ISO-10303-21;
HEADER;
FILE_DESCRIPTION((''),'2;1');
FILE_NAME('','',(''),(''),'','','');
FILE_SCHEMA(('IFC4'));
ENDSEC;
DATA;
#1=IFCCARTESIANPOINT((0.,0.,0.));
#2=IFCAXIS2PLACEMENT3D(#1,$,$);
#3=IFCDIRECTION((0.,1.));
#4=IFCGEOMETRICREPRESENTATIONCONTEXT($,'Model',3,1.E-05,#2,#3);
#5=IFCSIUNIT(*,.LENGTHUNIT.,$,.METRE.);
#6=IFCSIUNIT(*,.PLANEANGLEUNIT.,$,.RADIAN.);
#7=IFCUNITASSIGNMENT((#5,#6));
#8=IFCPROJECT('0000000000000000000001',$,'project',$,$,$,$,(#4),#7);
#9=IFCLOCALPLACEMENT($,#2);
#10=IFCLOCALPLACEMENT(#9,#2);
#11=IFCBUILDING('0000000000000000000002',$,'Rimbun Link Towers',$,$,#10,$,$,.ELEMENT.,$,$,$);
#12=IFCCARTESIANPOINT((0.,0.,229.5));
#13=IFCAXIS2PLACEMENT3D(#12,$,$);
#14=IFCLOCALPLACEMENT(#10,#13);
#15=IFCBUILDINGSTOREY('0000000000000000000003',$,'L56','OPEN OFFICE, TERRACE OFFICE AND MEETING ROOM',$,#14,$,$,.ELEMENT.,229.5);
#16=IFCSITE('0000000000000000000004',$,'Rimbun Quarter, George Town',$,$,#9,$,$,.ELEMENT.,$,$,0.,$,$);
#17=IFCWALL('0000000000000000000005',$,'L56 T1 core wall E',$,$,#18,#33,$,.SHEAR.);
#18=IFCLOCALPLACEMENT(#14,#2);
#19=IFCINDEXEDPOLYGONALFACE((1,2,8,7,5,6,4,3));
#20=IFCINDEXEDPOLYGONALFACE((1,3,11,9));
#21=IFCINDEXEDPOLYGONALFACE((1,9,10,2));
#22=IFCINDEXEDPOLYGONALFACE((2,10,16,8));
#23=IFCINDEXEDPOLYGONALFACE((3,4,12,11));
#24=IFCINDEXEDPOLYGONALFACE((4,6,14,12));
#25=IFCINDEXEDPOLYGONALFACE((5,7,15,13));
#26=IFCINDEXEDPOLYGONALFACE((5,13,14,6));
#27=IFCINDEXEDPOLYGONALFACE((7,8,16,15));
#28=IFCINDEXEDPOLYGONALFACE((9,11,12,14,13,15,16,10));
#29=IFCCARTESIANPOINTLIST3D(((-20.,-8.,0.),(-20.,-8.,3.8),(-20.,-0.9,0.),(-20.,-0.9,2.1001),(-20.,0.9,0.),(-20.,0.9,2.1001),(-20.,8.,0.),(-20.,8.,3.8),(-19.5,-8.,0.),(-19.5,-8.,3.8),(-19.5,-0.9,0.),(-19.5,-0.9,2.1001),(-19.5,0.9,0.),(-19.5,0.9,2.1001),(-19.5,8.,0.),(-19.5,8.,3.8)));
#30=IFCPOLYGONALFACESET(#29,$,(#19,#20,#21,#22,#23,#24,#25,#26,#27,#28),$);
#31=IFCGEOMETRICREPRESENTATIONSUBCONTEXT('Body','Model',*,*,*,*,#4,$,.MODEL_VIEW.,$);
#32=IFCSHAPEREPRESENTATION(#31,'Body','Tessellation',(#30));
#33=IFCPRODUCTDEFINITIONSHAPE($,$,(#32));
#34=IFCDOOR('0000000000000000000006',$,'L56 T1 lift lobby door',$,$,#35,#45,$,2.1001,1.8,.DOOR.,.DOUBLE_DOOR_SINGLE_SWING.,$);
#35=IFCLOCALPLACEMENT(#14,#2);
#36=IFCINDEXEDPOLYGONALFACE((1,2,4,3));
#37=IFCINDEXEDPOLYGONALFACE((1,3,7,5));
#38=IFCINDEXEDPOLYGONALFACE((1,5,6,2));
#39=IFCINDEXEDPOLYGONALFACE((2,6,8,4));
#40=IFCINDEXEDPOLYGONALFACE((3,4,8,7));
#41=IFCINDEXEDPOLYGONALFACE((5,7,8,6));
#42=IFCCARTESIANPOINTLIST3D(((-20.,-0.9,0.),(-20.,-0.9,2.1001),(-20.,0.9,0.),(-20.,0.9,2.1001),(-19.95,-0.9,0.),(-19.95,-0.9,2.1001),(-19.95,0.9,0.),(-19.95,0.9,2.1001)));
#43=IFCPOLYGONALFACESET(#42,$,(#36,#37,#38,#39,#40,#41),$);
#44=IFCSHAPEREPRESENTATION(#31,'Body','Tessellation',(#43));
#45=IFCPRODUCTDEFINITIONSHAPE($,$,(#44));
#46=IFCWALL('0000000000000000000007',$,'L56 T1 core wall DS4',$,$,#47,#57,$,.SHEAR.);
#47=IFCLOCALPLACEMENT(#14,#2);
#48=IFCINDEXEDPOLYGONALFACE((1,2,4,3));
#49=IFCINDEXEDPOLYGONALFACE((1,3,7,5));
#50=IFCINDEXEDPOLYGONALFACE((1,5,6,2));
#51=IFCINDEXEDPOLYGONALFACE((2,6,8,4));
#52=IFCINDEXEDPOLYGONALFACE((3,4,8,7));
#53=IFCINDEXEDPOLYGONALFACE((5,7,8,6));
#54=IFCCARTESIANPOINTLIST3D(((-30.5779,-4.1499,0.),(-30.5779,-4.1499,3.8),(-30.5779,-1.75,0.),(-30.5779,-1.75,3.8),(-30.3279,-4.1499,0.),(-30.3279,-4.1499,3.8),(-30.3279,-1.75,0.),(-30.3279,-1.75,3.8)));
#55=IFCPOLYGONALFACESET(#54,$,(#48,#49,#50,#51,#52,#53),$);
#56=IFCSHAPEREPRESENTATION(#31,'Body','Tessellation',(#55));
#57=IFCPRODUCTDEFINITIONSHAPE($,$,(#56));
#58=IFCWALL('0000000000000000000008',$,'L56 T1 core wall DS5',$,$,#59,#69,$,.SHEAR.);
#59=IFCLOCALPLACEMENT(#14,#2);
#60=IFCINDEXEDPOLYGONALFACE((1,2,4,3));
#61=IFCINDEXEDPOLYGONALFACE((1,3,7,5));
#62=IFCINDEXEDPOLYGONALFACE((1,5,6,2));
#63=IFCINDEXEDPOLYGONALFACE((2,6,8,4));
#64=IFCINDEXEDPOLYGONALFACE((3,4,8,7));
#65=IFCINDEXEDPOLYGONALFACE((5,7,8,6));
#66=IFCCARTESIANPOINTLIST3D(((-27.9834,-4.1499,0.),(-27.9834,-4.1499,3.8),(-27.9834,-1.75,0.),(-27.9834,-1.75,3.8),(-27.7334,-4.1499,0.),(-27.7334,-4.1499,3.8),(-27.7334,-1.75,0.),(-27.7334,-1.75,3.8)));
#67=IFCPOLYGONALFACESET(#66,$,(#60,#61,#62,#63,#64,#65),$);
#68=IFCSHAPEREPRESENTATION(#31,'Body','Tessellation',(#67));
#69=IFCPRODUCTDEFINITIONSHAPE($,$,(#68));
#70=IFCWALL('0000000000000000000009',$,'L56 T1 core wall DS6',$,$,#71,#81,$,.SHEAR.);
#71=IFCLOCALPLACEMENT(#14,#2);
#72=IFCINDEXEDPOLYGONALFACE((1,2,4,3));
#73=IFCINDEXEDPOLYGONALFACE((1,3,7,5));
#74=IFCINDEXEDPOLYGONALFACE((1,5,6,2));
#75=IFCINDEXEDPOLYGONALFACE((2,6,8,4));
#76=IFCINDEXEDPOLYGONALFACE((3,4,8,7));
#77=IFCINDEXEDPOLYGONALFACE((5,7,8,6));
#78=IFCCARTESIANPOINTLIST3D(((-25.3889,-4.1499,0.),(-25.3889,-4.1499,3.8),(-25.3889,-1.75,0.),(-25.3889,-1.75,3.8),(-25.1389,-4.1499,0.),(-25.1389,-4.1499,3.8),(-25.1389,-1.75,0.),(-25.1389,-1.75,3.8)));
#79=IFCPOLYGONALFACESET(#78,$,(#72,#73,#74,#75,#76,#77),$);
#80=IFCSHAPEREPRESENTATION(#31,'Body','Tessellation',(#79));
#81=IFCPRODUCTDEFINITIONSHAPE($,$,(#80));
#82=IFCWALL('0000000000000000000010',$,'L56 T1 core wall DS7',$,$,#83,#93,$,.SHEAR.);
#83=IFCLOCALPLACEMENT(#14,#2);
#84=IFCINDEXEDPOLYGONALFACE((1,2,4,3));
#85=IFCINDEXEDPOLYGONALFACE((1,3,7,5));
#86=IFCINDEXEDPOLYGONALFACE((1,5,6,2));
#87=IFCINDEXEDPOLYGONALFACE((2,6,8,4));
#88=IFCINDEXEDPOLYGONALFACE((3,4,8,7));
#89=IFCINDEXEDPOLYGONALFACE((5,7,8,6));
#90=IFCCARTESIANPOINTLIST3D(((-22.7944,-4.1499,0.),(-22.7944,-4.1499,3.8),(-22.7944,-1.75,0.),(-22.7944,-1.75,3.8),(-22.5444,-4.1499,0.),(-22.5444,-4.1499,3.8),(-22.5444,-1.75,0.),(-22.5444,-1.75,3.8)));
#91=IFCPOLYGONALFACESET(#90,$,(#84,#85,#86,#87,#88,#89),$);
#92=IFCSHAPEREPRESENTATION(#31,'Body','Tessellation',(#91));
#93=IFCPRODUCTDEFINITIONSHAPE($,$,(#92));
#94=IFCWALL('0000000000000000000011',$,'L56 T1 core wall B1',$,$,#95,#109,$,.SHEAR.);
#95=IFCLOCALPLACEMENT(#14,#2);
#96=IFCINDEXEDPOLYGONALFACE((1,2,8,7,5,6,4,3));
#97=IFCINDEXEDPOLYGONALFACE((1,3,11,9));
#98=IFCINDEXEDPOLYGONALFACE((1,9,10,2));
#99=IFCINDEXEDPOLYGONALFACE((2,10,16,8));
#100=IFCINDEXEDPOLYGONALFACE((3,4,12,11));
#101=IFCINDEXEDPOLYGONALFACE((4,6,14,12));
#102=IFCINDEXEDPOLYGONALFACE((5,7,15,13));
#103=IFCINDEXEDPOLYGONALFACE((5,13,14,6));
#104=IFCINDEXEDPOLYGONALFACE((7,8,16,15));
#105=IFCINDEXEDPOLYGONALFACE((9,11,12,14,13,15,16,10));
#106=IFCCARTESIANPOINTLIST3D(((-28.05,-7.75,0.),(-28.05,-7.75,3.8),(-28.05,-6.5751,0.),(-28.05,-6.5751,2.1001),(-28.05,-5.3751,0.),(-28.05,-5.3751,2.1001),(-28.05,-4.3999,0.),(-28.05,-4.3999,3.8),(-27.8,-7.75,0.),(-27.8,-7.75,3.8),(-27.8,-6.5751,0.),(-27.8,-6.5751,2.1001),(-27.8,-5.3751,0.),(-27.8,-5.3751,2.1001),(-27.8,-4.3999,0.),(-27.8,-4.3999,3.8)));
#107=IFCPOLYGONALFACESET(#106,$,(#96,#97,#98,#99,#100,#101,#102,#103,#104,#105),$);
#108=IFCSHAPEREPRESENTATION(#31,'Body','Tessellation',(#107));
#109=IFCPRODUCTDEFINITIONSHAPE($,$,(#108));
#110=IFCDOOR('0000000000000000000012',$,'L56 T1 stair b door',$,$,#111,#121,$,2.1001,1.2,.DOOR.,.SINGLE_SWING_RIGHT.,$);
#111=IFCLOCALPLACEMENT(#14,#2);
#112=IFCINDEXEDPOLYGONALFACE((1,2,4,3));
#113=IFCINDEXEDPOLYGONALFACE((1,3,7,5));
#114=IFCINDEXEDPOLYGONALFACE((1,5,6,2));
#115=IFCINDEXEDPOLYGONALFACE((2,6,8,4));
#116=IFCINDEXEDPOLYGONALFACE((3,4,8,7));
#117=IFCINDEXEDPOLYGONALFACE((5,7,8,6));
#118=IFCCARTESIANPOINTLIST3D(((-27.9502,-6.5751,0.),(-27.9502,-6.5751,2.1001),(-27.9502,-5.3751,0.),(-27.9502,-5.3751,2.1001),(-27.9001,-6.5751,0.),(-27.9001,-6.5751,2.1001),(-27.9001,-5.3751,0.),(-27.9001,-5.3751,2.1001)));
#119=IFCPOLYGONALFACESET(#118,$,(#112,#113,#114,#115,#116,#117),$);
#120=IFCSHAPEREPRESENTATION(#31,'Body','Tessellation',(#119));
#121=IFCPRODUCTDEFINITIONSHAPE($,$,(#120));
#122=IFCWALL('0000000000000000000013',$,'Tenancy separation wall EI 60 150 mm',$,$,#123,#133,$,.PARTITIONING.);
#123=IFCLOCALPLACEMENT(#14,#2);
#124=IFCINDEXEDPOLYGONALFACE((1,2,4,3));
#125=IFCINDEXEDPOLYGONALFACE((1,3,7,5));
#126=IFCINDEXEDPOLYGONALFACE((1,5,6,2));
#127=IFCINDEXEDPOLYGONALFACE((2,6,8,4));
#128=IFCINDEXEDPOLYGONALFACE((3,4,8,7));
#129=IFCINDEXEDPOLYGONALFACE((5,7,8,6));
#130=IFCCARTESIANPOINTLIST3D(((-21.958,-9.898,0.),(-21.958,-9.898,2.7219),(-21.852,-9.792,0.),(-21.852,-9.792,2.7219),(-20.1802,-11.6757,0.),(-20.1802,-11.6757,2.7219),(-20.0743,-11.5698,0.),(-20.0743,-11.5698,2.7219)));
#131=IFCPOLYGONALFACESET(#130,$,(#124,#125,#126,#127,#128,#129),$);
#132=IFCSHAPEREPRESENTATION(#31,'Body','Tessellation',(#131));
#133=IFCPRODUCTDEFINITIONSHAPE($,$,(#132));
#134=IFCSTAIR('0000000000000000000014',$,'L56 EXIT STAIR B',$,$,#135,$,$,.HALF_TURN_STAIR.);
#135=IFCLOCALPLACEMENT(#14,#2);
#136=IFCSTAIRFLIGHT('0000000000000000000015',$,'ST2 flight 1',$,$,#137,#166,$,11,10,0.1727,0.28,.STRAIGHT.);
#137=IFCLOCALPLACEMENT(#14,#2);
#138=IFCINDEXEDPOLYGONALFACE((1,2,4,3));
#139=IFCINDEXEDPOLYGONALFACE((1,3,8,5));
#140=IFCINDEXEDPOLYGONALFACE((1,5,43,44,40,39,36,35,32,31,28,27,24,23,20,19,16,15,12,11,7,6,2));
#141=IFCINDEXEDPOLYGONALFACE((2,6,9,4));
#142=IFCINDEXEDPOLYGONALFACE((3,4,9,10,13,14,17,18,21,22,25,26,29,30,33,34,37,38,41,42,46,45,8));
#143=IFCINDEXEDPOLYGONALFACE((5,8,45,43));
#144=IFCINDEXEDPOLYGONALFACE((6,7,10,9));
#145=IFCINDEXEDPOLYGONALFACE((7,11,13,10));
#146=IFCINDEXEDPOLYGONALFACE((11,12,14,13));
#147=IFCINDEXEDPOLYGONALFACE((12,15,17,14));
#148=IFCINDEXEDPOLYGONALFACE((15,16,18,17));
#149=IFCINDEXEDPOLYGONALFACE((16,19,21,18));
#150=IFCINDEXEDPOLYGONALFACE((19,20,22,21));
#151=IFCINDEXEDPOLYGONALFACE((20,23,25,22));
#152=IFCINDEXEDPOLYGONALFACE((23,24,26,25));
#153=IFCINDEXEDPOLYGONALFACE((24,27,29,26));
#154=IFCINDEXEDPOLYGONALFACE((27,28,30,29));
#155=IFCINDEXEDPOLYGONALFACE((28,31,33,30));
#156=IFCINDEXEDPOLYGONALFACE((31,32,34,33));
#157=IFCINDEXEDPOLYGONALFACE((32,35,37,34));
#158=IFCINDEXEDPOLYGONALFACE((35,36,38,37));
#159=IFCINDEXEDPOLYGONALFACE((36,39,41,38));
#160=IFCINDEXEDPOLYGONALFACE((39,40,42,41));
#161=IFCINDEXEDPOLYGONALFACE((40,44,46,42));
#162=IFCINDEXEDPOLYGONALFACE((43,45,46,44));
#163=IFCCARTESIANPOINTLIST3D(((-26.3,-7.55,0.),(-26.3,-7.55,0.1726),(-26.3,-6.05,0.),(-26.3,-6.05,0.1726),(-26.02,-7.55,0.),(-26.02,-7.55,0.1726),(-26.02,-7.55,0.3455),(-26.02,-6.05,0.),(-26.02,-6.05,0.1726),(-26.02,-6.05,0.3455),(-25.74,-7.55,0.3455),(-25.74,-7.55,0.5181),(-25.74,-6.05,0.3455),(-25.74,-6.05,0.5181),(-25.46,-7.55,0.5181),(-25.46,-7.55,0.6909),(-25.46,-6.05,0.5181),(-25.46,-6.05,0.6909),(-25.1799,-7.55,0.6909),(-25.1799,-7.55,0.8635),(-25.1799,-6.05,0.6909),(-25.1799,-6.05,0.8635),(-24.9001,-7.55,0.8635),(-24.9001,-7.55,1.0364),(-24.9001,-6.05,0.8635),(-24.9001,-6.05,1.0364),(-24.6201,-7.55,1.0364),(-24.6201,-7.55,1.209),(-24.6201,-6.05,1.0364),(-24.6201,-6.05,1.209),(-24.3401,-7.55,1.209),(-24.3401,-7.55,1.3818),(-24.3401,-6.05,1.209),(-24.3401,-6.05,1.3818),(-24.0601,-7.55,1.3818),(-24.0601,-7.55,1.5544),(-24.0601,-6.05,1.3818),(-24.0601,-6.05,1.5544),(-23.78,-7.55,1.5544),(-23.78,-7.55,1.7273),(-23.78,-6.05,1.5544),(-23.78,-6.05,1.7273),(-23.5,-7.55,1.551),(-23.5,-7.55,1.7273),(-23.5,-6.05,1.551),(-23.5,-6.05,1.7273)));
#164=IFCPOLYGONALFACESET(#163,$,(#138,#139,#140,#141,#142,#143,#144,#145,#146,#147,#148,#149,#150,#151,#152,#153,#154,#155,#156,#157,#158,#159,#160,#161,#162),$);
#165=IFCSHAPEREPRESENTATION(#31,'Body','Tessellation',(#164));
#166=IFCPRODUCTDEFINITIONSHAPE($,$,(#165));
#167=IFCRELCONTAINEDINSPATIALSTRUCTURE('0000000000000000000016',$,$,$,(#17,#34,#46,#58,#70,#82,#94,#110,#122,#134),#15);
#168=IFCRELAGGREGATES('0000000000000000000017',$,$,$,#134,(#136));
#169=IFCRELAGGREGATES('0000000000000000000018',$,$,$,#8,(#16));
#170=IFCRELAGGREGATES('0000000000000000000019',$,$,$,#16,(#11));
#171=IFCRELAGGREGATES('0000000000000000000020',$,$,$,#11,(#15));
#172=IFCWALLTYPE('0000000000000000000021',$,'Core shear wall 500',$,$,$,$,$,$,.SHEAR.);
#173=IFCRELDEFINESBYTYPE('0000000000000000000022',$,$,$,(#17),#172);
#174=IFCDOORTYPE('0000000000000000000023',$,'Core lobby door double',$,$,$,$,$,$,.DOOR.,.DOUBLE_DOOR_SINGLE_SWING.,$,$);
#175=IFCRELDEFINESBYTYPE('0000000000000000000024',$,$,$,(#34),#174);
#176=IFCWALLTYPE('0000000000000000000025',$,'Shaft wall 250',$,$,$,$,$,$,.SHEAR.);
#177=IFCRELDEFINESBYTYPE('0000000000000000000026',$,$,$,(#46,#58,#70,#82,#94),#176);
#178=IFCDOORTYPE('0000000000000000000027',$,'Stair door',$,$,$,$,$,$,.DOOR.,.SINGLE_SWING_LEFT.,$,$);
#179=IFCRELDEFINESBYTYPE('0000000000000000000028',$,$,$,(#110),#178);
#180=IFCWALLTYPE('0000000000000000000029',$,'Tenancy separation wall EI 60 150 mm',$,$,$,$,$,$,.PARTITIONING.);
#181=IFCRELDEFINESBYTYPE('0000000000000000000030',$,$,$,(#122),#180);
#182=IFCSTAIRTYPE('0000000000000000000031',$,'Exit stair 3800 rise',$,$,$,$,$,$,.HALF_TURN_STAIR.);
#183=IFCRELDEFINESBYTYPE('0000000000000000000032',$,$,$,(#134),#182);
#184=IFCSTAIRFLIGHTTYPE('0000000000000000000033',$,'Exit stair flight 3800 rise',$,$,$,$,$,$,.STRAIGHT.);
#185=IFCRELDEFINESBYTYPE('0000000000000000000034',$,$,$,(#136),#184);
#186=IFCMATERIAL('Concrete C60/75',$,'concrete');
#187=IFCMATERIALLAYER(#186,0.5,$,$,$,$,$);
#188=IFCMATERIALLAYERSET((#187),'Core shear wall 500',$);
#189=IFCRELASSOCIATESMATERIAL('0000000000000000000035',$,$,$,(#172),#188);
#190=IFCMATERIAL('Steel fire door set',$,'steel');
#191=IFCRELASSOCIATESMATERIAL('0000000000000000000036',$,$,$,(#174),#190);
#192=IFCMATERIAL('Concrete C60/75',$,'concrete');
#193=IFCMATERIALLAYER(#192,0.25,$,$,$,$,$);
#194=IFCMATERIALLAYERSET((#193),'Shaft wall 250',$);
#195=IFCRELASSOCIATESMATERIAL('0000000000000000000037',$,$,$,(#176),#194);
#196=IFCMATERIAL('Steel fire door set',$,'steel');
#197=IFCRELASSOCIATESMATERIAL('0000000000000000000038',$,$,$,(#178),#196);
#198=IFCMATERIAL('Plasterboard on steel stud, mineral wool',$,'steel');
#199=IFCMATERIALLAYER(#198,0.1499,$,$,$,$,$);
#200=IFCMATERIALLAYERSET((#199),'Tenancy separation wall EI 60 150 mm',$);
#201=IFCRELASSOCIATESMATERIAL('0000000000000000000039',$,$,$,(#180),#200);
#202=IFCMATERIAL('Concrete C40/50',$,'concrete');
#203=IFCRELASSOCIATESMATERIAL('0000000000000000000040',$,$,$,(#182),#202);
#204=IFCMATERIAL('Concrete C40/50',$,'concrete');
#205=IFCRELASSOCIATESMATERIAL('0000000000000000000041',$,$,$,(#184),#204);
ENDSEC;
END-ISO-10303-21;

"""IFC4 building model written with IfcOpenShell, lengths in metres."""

from ifc_helpers import new_model, si_unit, direction, frame, frame_2d, origin, place, context, subcontext, project, spatial, polyline, rectangle, outline, extrude, material, layer, layer_set, type_object, element, fill, aggregate, save


model = new_model("IFC4")

# Units and contexts
model_context = context("Model", 3, precision=1e-05, world=origin(), true_north=direction((0.0, 1.0)))
body_context = subcontext(model_context, "Body", "Model", "MODEL_VIEW")
ifc_project = project(units=[si_unit("LENGTHUNIT", "METRE"), si_unit("PLANEANGLEUNIT", "RADIAN")], contexts=[model_context])

# Site, building, storey
site_placement = place(None, origin())
site = spatial("IfcSite", under=ifc_project, at=site_placement, Name="Rimbun Quarter, George Town", CompositionType="ELEMENT", RefElevation=0.0)
building_placement = place(site_placement, origin())
building = spatial("IfcBuilding", under=site, at=building_placement, Name="Rimbun Link Towers", CompositionType="ELEMENT")
storey_placement = place(building_placement, frame((0.0, 0.0, 229.5)))
storey = spatial("IfcBuildingStorey", under=building, at=storey_placement, Name="L56", Description="OPEN OFFICE, TERRACE OFFICE AND MEETING ROOM", CompositionType="ELEMENT", Elevation=229.5)

# Wall, opening, door
ifc_material_1 = material(Name="Concrete C60/75", Category="concrete")
ifc_layer_1 = layer(ifc_material_1, 0.5)
ifc_layer_set_1 = layer_set([ifc_layer_1], Name="Core shear wall 500")
wall_type_1 = type_object("IfcWallType", Name="Core shear wall 500", PredefinedType="SHEAR", material=ifc_layer_set_1)
wall_1_placement = place(storey_placement, frame((-19.75, -8.0, 0.0), z_axis=(0.0, 0.0, 1.0), x_axis=(0.0, 1.0, 0.0)))
wall_1 = element("IfcWall", 1, at=wall_1_placement, inside=storey, type_object=wall_type_1, Name="L56 T1 core wall E", PredefinedType="SHEAR", context=body_context, shape_type="SweptSolid", body=[
    extrude(rectangle(XDim=16.0, YDim=0.5, at=frame_2d((8.0, 0.0))), origin(), (0.0, 0.0, 1.0), 3.8),
])
opening_1_placement = place(wall_1_placement, frame((7.1001, 0.0, 0.0)))
opening_1 = element("IfcOpeningElement", 2, at=opening_1_placement, cuts=wall_1, PredefinedType="OPENING", context=body_context, shape_type="SweptSolid", body=[
    extrude(rectangle(XDim=1.8, YDim=2.1001, at=frame_2d((0.8999, 1.05))), frame((0.0, 0.26, 0.0), z_axis=(0.0, -1.0, 0.0), x_axis=(1.0, 0.0, 0.0)), (0.0, 0.0, 1.0), 0.52),
])
ifc_material_2 = material(Name="Steel fire door set", Category="steel")
door_type_1 = type_object("IfcDoorType", Name="Core lobby door double", OperationType="DOUBLE_DOOR_SINGLE_SWING", PredefinedType="DOOR", material=ifc_material_2)
door_1_placement = place(opening_1_placement, origin())
door_1 = element("IfcDoor", 3, at=door_1_placement, inside=storey, type_object=door_type_1, Name="L56 T1 lift lobby door", OperationType="DOUBLE_DOOR_SINGLE_SWING", OverallHeight=2.1001, OverallWidth=1.8, PredefinedType="DOOR", context=body_context, shape_type="SweptSolid", body=[
    extrude(rectangle(XDim=1.8, YDim=2.1001, at=frame_2d((0.8999, 1.05))), frame((0.0, 0.25, 0.0), z_axis=(0.0, -1.0, 0.0), x_axis=(1.0, 0.0, 0.0)), (0.0, 0.0, 1.0), 0.05),
])
fill(opening_1, door_1)

# Walls
ifc_material_3 = material(Name="Concrete C60/75", Category="concrete")
ifc_layer_2 = layer(ifc_material_3, 0.25)
ifc_layer_set_2 = layer_set([ifc_layer_2], Name="Shaft wall 250")
wall_type_2 = type_object("IfcWallType", Name="Shaft wall 250", PredefinedType="SHEAR", material=ifc_layer_set_2)
for number, where, z_axis, x_axis, name in (
    (4, (-30.4529, -4.1499, 0.0), (0.0, 0.0, 1.0), (0.0, 1.0, 0.0), "L56 T1 core wall DS4"),
    (5, (-27.8584, -4.1499, 0.0), (0.0, 0.0, 1.0), (0.0, 1.0, 0.0), "L56 T1 core wall DS5"),
    (6, (-25.2639, -4.1499, 0.0), (0.0, 0.0, 1.0), (0.0, 1.0, 0.0), "L56 T1 core wall DS6"),
    (7, (-22.6694, -4.1499, 0.0), (0.0, 0.0, 1.0), (0.0, 1.0, 0.0), "L56 T1 core wall DS7"),
):
    element("IfcWall", number, at=place(storey_placement, frame(where, z_axis=z_axis, x_axis=x_axis)), inside=storey, type_object=wall_type_2, Name=name, PredefinedType="SHEAR", context=body_context, shape_type="SweptSolid", body=[
        extrude(rectangle(XDim=2.3999, YDim=0.25, at=frame_2d((1.2, 0.0))), origin(), (0.0, 0.0, 1.0), 3.8),
    ])

# Wall, opening, door
wall_2_placement = place(storey_placement, frame((-27.925, -4.3999, 0.0), z_axis=(0.0, 0.0, 1.0), x_axis=(0.0, -1.0, 0.0)))
wall_2 = element("IfcWall", 8, at=wall_2_placement, inside=storey, type_object=wall_type_2, Name="L56 T1 core wall B1", PredefinedType="SHEAR", context=body_context, shape_type="SweptSolid", body=[
    extrude(rectangle(XDim=3.3501, YDim=0.25, at=frame_2d((1.675, 0.0))), origin(), (0.0, 0.0, 1.0), 3.8),
])
opening_2_placement = place(wall_2_placement, frame((0.9751, 0.0, 0.0)))
opening_2 = element("IfcOpeningElement", 9, at=opening_2_placement, cuts=wall_2, PredefinedType="OPENING", context=body_context, shape_type="SweptSolid", body=[
    extrude(rectangle(XDim=1.2, YDim=2.1001, at=frame_2d((0.6001, 1.05))), frame((0.0, 0.135, 0.0), z_axis=(0.0, -1.0, 0.0), x_axis=(1.0, 0.0, 0.0)), (0.0, 0.0, 1.0), 0.27),
])
ifc_material_4 = material(Name="Steel fire door set", Category="steel")
door_type_2 = type_object("IfcDoorType", Name="Stair door", OperationType="SINGLE_SWING_LEFT", PredefinedType="DOOR", material=ifc_material_4)
door_2_placement = place(opening_2_placement, origin())
door_2 = element("IfcDoor", 10, at=door_2_placement, inside=storey, type_object=door_type_2, Name="L56 T1 stair b door", OperationType="SINGLE_SWING_RIGHT", OverallHeight=2.1001, OverallWidth=1.2, PredefinedType="DOOR", context=body_context, shape_type="SweptSolid", body=[
    extrude(rectangle(XDim=1.2, YDim=2.1001, at=frame_2d((0.6001, 1.05))), frame((0.0, 0.0249, 0.0), z_axis=(0.0, -1.0, 0.0), x_axis=(1.0, 0.0, 0.0)), (0.0, 0.0, 1.0), 0.05),
])
fill(opening_2, door_2)

# Wall
ifc_material_5 = material(Name="Plasterboard on steel stud, mineral wool", Category="steel")
ifc_layer_3 = layer(ifc_material_5, 0.1499)
ifc_layer_set_3 = layer_set([ifc_layer_3], Name="Tenancy separation wall EI 60 150 mm")
wall_type_3 = type_object("IfcWallType", Name="Tenancy separation wall EI 60 150 mm", PredefinedType="PARTITIONING", material=ifc_layer_set_3)
wall_3_placement = place(storey_placement, frame((-21.905, -9.845, 0.0), z_axis=(0.0, 0.0, 1.0), x_axis=(0.707107, -0.707107, 0.0)))
element("IfcWall", 11, at=wall_3_placement, inside=storey, type_object=wall_type_3, Name="Tenancy separation wall EI 60 150 mm", PredefinedType="PARTITIONING", context=body_context, shape_type="SweptSolid", body=[
    extrude(rectangle(XDim=2.5142, YDim=0.1499, at=frame_2d((1.2571, 0.0))), origin(), (0.0, 0.0, 1.0), 2.7219),
])

# Stair, stair flight
ifc_material_6 = material(Name="Concrete C40/50", Category="concrete")
stair_type = type_object("IfcStairType", Name="Exit stair 3800 rise", PredefinedType="HALF_TURN_STAIR", material=ifc_material_6)
stair_placement = place(storey_placement, origin())
stair = element("IfcStair", 12, at=stair_placement, inside=storey, type_object=stair_type, Name="L56 EXIT STAIR B", PredefinedType="HALF_TURN_STAIR")
ifc_material_7 = material(Name="Concrete C40/50", Category="concrete")
stair_flight_type = type_object("IfcStairFlightType", Name="Exit stair flight 3800 rise", PredefinedType="STRAIGHT", material=ifc_material_7)
stair_flight_1_placement = place(storey_placement, frame((-26.3, -6.8, 0.0), z_axis=(0.0, 0.0, 1.0), x_axis=(1.0, 0.0, 0.0)))
stair_flight_1 = element("IfcStairFlight", 13, at=stair_flight_1_placement, type_object=stair_flight_type, Name="ST2 flight 1", NumberOfRisers=11, NumberOfTreads=10, PredefinedType="STRAIGHT", RiserHeight=0.1727, TreadLength=0.28, context=body_context, shape_type="SweptSolid", body=[
    extrude(outline(polyline([(0.0, 0.0), (0.0, 0.1726), (0.28, 0.1726), (0.28, 0.3455), (0.5601, 0.3455), (0.5601, 0.5181), (0.8401, 0.5181), (0.8401, 0.6909), (1.1201, 0.6909), (1.1201, 0.8635), (1.3999, 0.8635), (1.3999, 1.0364), (1.6799, 1.0364), (1.6799, 1.209), (1.96, 1.209), (1.96, 1.3818), (2.24, 1.3818), (2.24, 1.5544), (2.52, 1.5544), (2.52, 1.7273), (2.8, 1.7273), (2.8, 1.8999), (2.8, 1.551), (0.28, 0.0), (0.0, 0.0)])), frame((0.0, 0.75, 0.0), z_axis=(0.0, -1.0, 0.0), x_axis=(1.0, 0.0, 0.0)), (0.0, 0.0, 1.0), 1.5),
])
aggregate(stair, [stair_flight_1])

save(model, "model.ifc")
